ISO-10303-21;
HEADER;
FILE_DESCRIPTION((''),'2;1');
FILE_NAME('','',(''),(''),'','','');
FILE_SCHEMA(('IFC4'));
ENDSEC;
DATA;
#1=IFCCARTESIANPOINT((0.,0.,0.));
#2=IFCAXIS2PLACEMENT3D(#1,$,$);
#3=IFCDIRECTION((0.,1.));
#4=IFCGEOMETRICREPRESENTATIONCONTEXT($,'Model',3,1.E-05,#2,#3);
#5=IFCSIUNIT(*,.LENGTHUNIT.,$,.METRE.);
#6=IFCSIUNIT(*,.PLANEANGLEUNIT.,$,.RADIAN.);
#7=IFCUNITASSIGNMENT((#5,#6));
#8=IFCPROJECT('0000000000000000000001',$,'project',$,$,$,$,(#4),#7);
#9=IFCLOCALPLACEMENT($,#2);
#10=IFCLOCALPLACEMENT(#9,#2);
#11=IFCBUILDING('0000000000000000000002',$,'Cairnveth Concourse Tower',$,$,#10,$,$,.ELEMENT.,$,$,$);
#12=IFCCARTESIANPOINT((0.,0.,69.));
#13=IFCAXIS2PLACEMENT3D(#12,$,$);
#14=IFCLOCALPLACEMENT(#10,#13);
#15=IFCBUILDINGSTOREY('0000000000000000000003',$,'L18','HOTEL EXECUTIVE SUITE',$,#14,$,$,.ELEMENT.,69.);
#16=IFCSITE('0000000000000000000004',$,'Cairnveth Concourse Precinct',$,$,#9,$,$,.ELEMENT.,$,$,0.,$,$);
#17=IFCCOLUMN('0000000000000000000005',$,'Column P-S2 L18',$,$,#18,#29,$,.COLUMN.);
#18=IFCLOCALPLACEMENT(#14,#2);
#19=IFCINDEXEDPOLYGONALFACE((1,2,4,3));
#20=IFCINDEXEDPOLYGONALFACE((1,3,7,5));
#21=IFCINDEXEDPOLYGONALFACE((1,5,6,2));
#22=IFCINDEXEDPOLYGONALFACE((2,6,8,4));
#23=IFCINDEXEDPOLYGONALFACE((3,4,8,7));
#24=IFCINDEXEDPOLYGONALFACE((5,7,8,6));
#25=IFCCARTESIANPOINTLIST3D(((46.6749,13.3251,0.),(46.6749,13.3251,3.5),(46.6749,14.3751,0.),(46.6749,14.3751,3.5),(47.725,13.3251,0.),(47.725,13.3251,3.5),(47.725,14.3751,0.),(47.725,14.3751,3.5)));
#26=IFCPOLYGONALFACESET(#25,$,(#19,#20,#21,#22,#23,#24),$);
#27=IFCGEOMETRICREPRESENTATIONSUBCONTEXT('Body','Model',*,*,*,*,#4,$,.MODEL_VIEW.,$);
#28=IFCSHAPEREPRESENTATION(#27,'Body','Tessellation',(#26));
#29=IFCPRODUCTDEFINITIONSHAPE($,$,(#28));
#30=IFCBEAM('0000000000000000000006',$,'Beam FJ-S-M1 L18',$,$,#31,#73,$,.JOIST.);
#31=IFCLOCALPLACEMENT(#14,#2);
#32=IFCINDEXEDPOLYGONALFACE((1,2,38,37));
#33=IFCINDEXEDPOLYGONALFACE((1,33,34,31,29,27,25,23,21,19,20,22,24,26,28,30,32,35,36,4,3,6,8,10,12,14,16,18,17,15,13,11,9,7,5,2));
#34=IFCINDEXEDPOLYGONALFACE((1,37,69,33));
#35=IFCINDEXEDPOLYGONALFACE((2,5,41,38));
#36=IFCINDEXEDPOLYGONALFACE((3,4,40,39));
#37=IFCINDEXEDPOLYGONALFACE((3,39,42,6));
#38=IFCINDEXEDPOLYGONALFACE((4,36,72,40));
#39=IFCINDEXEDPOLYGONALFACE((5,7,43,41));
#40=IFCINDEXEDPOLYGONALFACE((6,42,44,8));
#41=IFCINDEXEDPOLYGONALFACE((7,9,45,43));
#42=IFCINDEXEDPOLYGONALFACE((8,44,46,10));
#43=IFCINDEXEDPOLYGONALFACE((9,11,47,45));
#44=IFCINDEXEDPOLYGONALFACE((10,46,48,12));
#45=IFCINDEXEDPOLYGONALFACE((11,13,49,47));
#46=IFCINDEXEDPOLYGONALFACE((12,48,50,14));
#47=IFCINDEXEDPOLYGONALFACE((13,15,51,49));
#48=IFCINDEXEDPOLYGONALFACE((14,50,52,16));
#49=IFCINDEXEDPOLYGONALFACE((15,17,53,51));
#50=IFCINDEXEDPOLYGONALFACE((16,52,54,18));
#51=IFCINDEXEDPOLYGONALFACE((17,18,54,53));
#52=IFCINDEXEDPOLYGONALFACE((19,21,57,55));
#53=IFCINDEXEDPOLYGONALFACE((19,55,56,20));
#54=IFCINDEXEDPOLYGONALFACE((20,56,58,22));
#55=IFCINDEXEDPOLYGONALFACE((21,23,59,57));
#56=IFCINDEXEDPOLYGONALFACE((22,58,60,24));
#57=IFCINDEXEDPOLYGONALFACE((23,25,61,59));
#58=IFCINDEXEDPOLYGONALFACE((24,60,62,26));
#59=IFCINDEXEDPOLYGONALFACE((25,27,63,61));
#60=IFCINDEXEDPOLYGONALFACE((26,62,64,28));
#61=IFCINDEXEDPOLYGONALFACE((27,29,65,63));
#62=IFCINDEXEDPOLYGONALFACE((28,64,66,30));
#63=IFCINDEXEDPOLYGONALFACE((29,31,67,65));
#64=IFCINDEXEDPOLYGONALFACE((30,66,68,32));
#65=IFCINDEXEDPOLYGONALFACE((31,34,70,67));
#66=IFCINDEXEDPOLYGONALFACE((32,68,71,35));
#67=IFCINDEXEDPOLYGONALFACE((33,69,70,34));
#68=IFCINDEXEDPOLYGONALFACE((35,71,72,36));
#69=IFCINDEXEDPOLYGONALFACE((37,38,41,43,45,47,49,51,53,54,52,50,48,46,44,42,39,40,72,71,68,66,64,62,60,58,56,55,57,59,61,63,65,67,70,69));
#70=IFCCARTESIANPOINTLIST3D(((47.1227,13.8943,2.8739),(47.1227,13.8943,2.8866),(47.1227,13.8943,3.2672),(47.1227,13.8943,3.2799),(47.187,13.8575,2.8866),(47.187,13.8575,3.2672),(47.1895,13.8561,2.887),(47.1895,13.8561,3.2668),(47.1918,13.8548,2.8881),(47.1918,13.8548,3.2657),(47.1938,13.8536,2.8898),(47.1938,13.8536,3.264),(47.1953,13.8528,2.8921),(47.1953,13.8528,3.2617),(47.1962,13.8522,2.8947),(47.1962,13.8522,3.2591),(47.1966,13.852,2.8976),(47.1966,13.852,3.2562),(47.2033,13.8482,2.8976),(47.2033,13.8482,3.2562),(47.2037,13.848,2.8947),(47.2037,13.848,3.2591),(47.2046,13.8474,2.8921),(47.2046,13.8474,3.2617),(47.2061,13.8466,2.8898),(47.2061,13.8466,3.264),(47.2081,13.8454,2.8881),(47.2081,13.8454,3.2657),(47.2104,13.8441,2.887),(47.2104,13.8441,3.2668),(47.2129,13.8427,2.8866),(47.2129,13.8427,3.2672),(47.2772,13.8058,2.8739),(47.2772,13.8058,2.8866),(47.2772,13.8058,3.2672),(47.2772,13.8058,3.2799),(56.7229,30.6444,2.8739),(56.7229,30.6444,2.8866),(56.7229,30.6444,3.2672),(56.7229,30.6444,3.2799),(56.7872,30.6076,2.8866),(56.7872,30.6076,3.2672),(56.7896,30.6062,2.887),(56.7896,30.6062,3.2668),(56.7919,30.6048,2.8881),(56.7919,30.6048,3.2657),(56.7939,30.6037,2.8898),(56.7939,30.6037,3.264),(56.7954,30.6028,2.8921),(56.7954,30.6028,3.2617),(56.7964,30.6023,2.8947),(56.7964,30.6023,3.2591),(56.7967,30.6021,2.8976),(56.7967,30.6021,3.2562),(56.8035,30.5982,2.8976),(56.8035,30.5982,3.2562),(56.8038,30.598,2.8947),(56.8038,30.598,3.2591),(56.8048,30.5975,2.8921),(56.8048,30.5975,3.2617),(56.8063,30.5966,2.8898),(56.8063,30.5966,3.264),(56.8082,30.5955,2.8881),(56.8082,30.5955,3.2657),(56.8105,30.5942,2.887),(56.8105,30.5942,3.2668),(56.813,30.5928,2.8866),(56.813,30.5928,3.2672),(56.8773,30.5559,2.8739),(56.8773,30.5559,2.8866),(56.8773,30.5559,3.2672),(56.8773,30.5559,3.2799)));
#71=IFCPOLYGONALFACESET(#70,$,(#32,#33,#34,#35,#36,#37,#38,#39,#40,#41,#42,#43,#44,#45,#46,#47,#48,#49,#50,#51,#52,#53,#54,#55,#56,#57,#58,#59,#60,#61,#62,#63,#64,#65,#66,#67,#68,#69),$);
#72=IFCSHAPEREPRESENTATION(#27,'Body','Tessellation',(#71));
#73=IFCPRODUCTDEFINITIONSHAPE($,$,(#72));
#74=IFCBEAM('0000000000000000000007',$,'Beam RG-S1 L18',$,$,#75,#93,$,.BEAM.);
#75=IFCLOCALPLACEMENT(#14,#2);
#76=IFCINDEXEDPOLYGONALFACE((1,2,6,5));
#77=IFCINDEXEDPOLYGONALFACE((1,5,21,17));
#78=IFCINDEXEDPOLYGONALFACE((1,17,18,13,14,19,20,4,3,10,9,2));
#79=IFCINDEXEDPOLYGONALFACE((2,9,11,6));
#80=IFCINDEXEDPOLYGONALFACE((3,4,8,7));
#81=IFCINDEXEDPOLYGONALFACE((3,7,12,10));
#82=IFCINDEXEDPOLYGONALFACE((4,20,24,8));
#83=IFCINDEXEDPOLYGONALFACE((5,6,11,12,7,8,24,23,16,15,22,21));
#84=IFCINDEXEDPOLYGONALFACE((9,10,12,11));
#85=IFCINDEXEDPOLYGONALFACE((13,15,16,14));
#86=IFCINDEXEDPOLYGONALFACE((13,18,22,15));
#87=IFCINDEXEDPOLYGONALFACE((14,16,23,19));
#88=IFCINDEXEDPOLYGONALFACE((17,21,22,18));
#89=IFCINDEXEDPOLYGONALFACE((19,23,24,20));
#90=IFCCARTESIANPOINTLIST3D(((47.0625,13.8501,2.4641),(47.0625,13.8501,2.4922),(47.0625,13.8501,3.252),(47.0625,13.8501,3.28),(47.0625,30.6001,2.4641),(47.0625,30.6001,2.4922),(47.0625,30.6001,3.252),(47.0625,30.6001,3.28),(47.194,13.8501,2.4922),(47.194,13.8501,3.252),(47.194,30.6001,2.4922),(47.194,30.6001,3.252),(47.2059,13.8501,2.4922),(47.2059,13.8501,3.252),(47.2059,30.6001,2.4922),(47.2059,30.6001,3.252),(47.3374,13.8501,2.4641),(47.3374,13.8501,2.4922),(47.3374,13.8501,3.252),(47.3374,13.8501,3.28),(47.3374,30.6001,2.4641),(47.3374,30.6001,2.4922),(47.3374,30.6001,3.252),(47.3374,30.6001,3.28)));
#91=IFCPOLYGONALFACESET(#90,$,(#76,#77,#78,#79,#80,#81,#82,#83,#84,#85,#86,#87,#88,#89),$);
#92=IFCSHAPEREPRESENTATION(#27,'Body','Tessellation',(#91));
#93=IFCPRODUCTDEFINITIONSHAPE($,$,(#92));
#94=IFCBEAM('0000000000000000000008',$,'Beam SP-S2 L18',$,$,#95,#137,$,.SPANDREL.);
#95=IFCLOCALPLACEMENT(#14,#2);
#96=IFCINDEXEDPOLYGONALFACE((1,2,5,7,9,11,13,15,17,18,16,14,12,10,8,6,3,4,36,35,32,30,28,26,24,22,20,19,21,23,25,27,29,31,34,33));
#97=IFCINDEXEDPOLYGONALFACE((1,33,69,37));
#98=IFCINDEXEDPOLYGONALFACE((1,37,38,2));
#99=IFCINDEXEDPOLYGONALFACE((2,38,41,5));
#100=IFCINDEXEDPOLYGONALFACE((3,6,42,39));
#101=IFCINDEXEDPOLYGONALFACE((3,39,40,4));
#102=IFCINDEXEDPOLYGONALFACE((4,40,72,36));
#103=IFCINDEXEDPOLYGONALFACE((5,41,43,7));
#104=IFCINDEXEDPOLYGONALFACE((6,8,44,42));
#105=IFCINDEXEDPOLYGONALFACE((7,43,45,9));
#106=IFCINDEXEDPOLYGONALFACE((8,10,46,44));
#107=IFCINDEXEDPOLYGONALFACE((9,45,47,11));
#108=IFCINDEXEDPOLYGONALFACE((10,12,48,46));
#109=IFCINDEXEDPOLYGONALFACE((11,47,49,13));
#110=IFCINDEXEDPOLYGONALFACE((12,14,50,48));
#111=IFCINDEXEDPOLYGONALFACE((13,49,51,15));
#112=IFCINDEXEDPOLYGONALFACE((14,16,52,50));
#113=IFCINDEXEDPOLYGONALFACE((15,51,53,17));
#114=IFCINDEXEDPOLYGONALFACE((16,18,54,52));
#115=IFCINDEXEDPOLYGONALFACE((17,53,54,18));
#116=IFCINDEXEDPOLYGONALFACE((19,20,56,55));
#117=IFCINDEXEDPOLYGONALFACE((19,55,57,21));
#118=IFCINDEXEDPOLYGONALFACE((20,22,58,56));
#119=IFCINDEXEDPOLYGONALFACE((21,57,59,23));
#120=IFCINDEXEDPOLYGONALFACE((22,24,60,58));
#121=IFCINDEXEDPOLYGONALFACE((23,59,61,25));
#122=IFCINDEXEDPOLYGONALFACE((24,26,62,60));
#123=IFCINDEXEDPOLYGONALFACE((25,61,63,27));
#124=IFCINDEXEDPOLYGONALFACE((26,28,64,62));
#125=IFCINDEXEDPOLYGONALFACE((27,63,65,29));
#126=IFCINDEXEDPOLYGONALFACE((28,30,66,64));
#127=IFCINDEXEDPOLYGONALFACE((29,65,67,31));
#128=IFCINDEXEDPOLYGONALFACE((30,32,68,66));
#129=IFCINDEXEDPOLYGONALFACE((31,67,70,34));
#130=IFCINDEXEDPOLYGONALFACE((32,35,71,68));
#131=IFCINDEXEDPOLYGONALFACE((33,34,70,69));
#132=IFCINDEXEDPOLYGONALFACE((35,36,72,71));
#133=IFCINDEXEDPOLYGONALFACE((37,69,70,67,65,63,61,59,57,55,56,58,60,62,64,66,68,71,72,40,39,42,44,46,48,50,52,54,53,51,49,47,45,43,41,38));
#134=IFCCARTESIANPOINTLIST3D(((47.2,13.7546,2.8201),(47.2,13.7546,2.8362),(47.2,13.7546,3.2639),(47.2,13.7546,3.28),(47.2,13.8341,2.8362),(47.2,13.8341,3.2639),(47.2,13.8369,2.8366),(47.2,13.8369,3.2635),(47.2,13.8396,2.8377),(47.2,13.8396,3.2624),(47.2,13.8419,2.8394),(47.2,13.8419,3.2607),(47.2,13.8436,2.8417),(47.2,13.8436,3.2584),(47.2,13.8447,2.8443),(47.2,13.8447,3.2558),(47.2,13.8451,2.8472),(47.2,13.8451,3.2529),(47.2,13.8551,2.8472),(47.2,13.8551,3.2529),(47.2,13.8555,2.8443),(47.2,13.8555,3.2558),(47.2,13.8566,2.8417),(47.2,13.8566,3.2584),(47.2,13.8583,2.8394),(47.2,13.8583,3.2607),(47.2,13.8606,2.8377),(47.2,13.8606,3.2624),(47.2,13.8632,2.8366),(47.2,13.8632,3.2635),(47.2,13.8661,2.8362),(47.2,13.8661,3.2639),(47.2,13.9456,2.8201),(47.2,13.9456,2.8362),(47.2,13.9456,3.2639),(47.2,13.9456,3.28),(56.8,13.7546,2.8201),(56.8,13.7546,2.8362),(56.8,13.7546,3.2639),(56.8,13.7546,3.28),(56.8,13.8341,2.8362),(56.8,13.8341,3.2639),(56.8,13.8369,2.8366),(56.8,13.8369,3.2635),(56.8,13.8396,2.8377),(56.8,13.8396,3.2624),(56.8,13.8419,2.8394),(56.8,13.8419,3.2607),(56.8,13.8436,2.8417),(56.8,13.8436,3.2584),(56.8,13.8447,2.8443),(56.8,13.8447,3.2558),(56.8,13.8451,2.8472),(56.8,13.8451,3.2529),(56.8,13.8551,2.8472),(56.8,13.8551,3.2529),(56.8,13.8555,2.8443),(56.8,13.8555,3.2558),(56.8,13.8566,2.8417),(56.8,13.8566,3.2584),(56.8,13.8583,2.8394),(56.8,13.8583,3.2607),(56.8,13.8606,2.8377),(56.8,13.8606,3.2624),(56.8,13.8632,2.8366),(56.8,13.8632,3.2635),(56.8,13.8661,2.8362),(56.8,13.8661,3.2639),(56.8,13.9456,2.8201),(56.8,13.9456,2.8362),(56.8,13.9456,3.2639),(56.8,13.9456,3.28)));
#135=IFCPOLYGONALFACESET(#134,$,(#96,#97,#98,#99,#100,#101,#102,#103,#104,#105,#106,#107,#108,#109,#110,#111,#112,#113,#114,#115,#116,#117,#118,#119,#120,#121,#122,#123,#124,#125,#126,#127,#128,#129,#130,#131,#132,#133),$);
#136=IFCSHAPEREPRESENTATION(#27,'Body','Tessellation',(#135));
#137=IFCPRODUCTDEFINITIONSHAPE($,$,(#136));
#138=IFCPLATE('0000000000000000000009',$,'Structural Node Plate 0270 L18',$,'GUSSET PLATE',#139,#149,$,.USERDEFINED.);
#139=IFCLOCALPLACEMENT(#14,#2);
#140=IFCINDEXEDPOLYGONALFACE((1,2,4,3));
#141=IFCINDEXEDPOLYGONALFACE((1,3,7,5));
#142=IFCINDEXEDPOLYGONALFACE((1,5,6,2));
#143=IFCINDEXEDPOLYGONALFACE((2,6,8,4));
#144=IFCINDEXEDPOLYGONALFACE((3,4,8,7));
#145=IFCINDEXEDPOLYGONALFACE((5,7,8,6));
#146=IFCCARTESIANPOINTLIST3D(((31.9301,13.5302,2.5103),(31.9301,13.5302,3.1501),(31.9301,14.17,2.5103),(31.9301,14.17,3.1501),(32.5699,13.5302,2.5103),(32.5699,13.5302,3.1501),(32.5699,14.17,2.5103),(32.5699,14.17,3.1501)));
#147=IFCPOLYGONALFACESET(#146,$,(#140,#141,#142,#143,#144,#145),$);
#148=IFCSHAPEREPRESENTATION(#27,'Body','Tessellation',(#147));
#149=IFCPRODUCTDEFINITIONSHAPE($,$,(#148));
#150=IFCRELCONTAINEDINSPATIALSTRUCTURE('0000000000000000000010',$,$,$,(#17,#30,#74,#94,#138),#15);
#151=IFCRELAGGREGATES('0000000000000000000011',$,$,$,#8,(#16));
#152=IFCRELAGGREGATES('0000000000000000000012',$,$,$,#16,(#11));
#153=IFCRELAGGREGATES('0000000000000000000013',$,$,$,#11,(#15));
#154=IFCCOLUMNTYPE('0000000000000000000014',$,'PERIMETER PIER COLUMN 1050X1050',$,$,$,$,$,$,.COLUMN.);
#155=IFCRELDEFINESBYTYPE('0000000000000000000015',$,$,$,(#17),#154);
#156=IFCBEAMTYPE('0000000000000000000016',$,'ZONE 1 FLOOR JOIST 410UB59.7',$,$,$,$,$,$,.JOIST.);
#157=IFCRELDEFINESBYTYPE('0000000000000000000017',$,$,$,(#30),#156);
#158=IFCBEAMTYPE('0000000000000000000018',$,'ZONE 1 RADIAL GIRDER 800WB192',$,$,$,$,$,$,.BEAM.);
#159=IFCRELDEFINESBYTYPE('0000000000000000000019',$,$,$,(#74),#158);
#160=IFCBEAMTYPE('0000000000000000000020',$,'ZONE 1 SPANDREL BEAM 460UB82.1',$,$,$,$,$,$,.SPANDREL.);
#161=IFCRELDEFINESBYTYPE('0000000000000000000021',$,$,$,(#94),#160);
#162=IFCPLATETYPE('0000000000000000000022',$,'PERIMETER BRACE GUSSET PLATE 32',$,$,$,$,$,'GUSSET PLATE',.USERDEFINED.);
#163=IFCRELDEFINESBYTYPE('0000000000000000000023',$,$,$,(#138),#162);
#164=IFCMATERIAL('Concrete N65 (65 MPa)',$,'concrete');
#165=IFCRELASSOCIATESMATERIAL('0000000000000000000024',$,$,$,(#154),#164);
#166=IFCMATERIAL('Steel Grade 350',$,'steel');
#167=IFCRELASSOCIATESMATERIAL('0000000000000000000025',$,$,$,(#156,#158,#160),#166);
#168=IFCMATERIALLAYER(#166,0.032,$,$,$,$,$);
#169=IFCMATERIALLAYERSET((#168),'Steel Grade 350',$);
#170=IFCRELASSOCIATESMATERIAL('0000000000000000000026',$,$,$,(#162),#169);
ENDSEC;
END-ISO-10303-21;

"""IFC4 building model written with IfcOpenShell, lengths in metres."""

from ifc_helpers import new_model, si_unit, direction, frame, origin, origin_2d, place, context, subcontext, project, spatial, rectangle, i_section, extrude, material, layer, layer_set, material_profile, profile_set, type_object, element, save


model = new_model("IFC4")

# Units and contexts
model_context = context("Model", 3, precision=1e-05, world=origin(), true_north=direction((0.0, 1.0)))
body_context = subcontext(model_context, "Body", "Model", "MODEL_VIEW")
ifc_project = project(units=[si_unit("LENGTHUNIT", "METRE"), si_unit("PLANEANGLEUNIT", "RADIAN")], contexts=[model_context])

# Site, building, storey
site_placement = place(None, origin())
site = spatial("IfcSite", under=ifc_project, at=site_placement, Name="Cairnveth Concourse Precinct", CompositionType="ELEMENT", RefElevation=0.0)
building_placement = place(site_placement, origin())
building = spatial("IfcBuilding", under=site, at=building_placement, Name="Cairnveth Concourse Tower", CompositionType="ELEMENT")
storey_placement = place(building_placement, frame((0.0, 0.0, 69.0)))
storey = spatial("IfcBuildingStorey", under=building, at=storey_placement, Name="L18", Description="HOTEL EXECUTIVE SUITE", CompositionType="ELEMENT", Elevation=69.0)

# Column
ifc_material_1 = material(Name="Concrete N65 (65 MPa)", Category="concrete")
ifc_material_profile_1 = material_profile(ifc_material_1, rectangle(XDim=1.05, YDim=1.05, at=origin_2d()), Name="RC-COL-1050x1050")
ifc_profile_set_1 = profile_set([ifc_material_profile_1], Name="Concrete N65 (65 MPa)")
column_type = type_object("IfcColumnType", Name="PERIMETER PIER COLUMN 1050X1050", PredefinedType="COLUMN", material=ifc_profile_set_1)
column_placement = place(storey_placement, frame((47.2, 13.8501, 0.0), z_axis=(0.0, 0.0, 1.0), x_axis=(1.0, 0.0, 0.0)))
element("IfcColumn", 1, at=column_placement, inside=storey, type_object=column_type, Name="Column P-S2 L18", PredefinedType="COLUMN", context=body_context, shape_type="SweptSolid", body=[
    extrude(rectangle(XDim=1.05, YDim=1.05, at=origin_2d()), origin(), (0.0, 0.0, 1.0), 3.5),
])

# Beams
ifc_material_2 = material(Name="Steel Grade 350", Category="steel")
ifc_material_profile_2 = material_profile(ifc_material_2, i_section(OverallWidth=0.178, OverallDepth=0.406, WebThickness=0.0078, FlangeThickness=0.0127, FilletRadius=0.011, at=origin_2d()), Name="410UB59.7")
ifc_profile_set_2 = profile_set([ifc_material_profile_2], Name="Steel Grade 350")
beam_type_1 = type_object("IfcBeamType", Name="ZONE 1 FLOOR JOIST 410UB59.7", PredefinedType="JOIST", material=ifc_profile_set_2)
beam_1_placement = place(storey_placement, frame((47.2, 13.8501, 3.0769), z_axis=(0.497258, 0.867603, 0.0), x_axis=(-0.867603, 0.497258, 0.0)))
element("IfcBeam", 2, at=beam_1_placement, inside=storey, type_object=beam_type_1, Name="Beam FJ-S-M1 L18", PredefinedType="JOIST", context=body_context, shape_type="SweptSolid", body=[
    extrude(i_section(OverallWidth=0.178, OverallDepth=0.406, WebThickness=0.0078, FlangeThickness=0.0127, FilletRadius=0.011, at=origin_2d()), origin(), (0.0, 0.0, 1.0), 19.3062),
])
ifc_material_profile_3 = material_profile(ifc_material_2, i_section(OverallWidth=0.2749, OverallDepth=0.8159, WebThickness=0.012, FlangeThickness=0.0281, at=origin_2d()), Name="800WB192")
ifc_profile_set_3 = profile_set([ifc_material_profile_3], Name="Steel Grade 350")
beam_type_2 = type_object("IfcBeamType", Name="ZONE 1 RADIAL GIRDER 800WB192", PredefinedType="BEAM", material=ifc_profile_set_3)
beam_2_placement = place(storey_placement, frame((47.2, 13.8501, 2.8721), z_axis=(0.0, 1.0, 0.0), x_axis=(-1.0, 0.0, 0.0)))
element("IfcBeam", 3, at=beam_2_placement, inside=storey, type_object=beam_type_2, Name="Beam RG-S1 L18", PredefinedType="BEAM", context=body_context, shape_type="SweptSolid", body=[
    extrude(i_section(OverallWidth=0.2749, OverallDepth=0.8159, WebThickness=0.012, FlangeThickness=0.0281, at=origin_2d()), origin(), (0.0, 0.0, 1.0), 16.75),
])
ifc_material_profile_4 = material_profile(ifc_material_2, i_section(OverallWidth=0.1909, OverallDepth=0.46, WebThickness=0.01, FlangeThickness=0.0161, FilletRadius=0.011, at=origin_2d()), Name="460UB82.1")
ifc_profile_set_4 = profile_set([ifc_material_profile_4], Name="Steel Grade 350")
beam_type_3 = type_object("IfcBeamType", Name="ZONE 1 SPANDREL BEAM 460UB82.1", PredefinedType="SPANDREL", material=ifc_profile_set_4)
beam_3_placement = place(storey_placement, frame((47.2, 13.8501, 3.05), z_axis=(1.0, 0.0, 0.0), x_axis=(0.0, 1.0, 0.0)))
element("IfcBeam", 4, at=beam_3_placement, inside=storey, type_object=beam_type_3, Name="Beam SP-S2 L18", PredefinedType="SPANDREL", context=body_context, shape_type="SweptSolid", body=[
    extrude(i_section(OverallWidth=0.1909, OverallDepth=0.46, WebThickness=0.01, FlangeThickness=0.0161, FilletRadius=0.011, at=origin_2d()), origin(), (0.0, 0.0, 1.0), 9.6001),
])

# Plate
ifc_layer_1 = layer(ifc_material_2, 0.032)
ifc_layer_set_1 = layer_set([ifc_layer_1], Name="Steel Grade 350")
plate_type = type_object("IfcPlateType", Name="PERIMETER BRACE GUSSET PLATE 32", ElementType="GUSSET PLATE", PredefinedType="USERDEFINED", material=ifc_layer_set_1)
plate_placement = place(storey_placement, frame((32.25, 13.8501, 2.5103), z_axis=(0.0, 0.0, 1.0), x_axis=(1.0, 0.0, 0.0)))
element("IfcPlate", 5, at=plate_placement, inside=storey, type_object=plate_type, Name="Structural Node Plate 0270 L18", ObjectType="GUSSET PLATE", PredefinedType="USERDEFINED", context=body_context, shape_type="SweptSolid", body=[
    extrude(rectangle(XDim=0.6399, YDim=0.6399, at=origin_2d()), origin(), (0.0, 0.0, 1.0), 0.6399),
])

save(model, "model.ifc")
